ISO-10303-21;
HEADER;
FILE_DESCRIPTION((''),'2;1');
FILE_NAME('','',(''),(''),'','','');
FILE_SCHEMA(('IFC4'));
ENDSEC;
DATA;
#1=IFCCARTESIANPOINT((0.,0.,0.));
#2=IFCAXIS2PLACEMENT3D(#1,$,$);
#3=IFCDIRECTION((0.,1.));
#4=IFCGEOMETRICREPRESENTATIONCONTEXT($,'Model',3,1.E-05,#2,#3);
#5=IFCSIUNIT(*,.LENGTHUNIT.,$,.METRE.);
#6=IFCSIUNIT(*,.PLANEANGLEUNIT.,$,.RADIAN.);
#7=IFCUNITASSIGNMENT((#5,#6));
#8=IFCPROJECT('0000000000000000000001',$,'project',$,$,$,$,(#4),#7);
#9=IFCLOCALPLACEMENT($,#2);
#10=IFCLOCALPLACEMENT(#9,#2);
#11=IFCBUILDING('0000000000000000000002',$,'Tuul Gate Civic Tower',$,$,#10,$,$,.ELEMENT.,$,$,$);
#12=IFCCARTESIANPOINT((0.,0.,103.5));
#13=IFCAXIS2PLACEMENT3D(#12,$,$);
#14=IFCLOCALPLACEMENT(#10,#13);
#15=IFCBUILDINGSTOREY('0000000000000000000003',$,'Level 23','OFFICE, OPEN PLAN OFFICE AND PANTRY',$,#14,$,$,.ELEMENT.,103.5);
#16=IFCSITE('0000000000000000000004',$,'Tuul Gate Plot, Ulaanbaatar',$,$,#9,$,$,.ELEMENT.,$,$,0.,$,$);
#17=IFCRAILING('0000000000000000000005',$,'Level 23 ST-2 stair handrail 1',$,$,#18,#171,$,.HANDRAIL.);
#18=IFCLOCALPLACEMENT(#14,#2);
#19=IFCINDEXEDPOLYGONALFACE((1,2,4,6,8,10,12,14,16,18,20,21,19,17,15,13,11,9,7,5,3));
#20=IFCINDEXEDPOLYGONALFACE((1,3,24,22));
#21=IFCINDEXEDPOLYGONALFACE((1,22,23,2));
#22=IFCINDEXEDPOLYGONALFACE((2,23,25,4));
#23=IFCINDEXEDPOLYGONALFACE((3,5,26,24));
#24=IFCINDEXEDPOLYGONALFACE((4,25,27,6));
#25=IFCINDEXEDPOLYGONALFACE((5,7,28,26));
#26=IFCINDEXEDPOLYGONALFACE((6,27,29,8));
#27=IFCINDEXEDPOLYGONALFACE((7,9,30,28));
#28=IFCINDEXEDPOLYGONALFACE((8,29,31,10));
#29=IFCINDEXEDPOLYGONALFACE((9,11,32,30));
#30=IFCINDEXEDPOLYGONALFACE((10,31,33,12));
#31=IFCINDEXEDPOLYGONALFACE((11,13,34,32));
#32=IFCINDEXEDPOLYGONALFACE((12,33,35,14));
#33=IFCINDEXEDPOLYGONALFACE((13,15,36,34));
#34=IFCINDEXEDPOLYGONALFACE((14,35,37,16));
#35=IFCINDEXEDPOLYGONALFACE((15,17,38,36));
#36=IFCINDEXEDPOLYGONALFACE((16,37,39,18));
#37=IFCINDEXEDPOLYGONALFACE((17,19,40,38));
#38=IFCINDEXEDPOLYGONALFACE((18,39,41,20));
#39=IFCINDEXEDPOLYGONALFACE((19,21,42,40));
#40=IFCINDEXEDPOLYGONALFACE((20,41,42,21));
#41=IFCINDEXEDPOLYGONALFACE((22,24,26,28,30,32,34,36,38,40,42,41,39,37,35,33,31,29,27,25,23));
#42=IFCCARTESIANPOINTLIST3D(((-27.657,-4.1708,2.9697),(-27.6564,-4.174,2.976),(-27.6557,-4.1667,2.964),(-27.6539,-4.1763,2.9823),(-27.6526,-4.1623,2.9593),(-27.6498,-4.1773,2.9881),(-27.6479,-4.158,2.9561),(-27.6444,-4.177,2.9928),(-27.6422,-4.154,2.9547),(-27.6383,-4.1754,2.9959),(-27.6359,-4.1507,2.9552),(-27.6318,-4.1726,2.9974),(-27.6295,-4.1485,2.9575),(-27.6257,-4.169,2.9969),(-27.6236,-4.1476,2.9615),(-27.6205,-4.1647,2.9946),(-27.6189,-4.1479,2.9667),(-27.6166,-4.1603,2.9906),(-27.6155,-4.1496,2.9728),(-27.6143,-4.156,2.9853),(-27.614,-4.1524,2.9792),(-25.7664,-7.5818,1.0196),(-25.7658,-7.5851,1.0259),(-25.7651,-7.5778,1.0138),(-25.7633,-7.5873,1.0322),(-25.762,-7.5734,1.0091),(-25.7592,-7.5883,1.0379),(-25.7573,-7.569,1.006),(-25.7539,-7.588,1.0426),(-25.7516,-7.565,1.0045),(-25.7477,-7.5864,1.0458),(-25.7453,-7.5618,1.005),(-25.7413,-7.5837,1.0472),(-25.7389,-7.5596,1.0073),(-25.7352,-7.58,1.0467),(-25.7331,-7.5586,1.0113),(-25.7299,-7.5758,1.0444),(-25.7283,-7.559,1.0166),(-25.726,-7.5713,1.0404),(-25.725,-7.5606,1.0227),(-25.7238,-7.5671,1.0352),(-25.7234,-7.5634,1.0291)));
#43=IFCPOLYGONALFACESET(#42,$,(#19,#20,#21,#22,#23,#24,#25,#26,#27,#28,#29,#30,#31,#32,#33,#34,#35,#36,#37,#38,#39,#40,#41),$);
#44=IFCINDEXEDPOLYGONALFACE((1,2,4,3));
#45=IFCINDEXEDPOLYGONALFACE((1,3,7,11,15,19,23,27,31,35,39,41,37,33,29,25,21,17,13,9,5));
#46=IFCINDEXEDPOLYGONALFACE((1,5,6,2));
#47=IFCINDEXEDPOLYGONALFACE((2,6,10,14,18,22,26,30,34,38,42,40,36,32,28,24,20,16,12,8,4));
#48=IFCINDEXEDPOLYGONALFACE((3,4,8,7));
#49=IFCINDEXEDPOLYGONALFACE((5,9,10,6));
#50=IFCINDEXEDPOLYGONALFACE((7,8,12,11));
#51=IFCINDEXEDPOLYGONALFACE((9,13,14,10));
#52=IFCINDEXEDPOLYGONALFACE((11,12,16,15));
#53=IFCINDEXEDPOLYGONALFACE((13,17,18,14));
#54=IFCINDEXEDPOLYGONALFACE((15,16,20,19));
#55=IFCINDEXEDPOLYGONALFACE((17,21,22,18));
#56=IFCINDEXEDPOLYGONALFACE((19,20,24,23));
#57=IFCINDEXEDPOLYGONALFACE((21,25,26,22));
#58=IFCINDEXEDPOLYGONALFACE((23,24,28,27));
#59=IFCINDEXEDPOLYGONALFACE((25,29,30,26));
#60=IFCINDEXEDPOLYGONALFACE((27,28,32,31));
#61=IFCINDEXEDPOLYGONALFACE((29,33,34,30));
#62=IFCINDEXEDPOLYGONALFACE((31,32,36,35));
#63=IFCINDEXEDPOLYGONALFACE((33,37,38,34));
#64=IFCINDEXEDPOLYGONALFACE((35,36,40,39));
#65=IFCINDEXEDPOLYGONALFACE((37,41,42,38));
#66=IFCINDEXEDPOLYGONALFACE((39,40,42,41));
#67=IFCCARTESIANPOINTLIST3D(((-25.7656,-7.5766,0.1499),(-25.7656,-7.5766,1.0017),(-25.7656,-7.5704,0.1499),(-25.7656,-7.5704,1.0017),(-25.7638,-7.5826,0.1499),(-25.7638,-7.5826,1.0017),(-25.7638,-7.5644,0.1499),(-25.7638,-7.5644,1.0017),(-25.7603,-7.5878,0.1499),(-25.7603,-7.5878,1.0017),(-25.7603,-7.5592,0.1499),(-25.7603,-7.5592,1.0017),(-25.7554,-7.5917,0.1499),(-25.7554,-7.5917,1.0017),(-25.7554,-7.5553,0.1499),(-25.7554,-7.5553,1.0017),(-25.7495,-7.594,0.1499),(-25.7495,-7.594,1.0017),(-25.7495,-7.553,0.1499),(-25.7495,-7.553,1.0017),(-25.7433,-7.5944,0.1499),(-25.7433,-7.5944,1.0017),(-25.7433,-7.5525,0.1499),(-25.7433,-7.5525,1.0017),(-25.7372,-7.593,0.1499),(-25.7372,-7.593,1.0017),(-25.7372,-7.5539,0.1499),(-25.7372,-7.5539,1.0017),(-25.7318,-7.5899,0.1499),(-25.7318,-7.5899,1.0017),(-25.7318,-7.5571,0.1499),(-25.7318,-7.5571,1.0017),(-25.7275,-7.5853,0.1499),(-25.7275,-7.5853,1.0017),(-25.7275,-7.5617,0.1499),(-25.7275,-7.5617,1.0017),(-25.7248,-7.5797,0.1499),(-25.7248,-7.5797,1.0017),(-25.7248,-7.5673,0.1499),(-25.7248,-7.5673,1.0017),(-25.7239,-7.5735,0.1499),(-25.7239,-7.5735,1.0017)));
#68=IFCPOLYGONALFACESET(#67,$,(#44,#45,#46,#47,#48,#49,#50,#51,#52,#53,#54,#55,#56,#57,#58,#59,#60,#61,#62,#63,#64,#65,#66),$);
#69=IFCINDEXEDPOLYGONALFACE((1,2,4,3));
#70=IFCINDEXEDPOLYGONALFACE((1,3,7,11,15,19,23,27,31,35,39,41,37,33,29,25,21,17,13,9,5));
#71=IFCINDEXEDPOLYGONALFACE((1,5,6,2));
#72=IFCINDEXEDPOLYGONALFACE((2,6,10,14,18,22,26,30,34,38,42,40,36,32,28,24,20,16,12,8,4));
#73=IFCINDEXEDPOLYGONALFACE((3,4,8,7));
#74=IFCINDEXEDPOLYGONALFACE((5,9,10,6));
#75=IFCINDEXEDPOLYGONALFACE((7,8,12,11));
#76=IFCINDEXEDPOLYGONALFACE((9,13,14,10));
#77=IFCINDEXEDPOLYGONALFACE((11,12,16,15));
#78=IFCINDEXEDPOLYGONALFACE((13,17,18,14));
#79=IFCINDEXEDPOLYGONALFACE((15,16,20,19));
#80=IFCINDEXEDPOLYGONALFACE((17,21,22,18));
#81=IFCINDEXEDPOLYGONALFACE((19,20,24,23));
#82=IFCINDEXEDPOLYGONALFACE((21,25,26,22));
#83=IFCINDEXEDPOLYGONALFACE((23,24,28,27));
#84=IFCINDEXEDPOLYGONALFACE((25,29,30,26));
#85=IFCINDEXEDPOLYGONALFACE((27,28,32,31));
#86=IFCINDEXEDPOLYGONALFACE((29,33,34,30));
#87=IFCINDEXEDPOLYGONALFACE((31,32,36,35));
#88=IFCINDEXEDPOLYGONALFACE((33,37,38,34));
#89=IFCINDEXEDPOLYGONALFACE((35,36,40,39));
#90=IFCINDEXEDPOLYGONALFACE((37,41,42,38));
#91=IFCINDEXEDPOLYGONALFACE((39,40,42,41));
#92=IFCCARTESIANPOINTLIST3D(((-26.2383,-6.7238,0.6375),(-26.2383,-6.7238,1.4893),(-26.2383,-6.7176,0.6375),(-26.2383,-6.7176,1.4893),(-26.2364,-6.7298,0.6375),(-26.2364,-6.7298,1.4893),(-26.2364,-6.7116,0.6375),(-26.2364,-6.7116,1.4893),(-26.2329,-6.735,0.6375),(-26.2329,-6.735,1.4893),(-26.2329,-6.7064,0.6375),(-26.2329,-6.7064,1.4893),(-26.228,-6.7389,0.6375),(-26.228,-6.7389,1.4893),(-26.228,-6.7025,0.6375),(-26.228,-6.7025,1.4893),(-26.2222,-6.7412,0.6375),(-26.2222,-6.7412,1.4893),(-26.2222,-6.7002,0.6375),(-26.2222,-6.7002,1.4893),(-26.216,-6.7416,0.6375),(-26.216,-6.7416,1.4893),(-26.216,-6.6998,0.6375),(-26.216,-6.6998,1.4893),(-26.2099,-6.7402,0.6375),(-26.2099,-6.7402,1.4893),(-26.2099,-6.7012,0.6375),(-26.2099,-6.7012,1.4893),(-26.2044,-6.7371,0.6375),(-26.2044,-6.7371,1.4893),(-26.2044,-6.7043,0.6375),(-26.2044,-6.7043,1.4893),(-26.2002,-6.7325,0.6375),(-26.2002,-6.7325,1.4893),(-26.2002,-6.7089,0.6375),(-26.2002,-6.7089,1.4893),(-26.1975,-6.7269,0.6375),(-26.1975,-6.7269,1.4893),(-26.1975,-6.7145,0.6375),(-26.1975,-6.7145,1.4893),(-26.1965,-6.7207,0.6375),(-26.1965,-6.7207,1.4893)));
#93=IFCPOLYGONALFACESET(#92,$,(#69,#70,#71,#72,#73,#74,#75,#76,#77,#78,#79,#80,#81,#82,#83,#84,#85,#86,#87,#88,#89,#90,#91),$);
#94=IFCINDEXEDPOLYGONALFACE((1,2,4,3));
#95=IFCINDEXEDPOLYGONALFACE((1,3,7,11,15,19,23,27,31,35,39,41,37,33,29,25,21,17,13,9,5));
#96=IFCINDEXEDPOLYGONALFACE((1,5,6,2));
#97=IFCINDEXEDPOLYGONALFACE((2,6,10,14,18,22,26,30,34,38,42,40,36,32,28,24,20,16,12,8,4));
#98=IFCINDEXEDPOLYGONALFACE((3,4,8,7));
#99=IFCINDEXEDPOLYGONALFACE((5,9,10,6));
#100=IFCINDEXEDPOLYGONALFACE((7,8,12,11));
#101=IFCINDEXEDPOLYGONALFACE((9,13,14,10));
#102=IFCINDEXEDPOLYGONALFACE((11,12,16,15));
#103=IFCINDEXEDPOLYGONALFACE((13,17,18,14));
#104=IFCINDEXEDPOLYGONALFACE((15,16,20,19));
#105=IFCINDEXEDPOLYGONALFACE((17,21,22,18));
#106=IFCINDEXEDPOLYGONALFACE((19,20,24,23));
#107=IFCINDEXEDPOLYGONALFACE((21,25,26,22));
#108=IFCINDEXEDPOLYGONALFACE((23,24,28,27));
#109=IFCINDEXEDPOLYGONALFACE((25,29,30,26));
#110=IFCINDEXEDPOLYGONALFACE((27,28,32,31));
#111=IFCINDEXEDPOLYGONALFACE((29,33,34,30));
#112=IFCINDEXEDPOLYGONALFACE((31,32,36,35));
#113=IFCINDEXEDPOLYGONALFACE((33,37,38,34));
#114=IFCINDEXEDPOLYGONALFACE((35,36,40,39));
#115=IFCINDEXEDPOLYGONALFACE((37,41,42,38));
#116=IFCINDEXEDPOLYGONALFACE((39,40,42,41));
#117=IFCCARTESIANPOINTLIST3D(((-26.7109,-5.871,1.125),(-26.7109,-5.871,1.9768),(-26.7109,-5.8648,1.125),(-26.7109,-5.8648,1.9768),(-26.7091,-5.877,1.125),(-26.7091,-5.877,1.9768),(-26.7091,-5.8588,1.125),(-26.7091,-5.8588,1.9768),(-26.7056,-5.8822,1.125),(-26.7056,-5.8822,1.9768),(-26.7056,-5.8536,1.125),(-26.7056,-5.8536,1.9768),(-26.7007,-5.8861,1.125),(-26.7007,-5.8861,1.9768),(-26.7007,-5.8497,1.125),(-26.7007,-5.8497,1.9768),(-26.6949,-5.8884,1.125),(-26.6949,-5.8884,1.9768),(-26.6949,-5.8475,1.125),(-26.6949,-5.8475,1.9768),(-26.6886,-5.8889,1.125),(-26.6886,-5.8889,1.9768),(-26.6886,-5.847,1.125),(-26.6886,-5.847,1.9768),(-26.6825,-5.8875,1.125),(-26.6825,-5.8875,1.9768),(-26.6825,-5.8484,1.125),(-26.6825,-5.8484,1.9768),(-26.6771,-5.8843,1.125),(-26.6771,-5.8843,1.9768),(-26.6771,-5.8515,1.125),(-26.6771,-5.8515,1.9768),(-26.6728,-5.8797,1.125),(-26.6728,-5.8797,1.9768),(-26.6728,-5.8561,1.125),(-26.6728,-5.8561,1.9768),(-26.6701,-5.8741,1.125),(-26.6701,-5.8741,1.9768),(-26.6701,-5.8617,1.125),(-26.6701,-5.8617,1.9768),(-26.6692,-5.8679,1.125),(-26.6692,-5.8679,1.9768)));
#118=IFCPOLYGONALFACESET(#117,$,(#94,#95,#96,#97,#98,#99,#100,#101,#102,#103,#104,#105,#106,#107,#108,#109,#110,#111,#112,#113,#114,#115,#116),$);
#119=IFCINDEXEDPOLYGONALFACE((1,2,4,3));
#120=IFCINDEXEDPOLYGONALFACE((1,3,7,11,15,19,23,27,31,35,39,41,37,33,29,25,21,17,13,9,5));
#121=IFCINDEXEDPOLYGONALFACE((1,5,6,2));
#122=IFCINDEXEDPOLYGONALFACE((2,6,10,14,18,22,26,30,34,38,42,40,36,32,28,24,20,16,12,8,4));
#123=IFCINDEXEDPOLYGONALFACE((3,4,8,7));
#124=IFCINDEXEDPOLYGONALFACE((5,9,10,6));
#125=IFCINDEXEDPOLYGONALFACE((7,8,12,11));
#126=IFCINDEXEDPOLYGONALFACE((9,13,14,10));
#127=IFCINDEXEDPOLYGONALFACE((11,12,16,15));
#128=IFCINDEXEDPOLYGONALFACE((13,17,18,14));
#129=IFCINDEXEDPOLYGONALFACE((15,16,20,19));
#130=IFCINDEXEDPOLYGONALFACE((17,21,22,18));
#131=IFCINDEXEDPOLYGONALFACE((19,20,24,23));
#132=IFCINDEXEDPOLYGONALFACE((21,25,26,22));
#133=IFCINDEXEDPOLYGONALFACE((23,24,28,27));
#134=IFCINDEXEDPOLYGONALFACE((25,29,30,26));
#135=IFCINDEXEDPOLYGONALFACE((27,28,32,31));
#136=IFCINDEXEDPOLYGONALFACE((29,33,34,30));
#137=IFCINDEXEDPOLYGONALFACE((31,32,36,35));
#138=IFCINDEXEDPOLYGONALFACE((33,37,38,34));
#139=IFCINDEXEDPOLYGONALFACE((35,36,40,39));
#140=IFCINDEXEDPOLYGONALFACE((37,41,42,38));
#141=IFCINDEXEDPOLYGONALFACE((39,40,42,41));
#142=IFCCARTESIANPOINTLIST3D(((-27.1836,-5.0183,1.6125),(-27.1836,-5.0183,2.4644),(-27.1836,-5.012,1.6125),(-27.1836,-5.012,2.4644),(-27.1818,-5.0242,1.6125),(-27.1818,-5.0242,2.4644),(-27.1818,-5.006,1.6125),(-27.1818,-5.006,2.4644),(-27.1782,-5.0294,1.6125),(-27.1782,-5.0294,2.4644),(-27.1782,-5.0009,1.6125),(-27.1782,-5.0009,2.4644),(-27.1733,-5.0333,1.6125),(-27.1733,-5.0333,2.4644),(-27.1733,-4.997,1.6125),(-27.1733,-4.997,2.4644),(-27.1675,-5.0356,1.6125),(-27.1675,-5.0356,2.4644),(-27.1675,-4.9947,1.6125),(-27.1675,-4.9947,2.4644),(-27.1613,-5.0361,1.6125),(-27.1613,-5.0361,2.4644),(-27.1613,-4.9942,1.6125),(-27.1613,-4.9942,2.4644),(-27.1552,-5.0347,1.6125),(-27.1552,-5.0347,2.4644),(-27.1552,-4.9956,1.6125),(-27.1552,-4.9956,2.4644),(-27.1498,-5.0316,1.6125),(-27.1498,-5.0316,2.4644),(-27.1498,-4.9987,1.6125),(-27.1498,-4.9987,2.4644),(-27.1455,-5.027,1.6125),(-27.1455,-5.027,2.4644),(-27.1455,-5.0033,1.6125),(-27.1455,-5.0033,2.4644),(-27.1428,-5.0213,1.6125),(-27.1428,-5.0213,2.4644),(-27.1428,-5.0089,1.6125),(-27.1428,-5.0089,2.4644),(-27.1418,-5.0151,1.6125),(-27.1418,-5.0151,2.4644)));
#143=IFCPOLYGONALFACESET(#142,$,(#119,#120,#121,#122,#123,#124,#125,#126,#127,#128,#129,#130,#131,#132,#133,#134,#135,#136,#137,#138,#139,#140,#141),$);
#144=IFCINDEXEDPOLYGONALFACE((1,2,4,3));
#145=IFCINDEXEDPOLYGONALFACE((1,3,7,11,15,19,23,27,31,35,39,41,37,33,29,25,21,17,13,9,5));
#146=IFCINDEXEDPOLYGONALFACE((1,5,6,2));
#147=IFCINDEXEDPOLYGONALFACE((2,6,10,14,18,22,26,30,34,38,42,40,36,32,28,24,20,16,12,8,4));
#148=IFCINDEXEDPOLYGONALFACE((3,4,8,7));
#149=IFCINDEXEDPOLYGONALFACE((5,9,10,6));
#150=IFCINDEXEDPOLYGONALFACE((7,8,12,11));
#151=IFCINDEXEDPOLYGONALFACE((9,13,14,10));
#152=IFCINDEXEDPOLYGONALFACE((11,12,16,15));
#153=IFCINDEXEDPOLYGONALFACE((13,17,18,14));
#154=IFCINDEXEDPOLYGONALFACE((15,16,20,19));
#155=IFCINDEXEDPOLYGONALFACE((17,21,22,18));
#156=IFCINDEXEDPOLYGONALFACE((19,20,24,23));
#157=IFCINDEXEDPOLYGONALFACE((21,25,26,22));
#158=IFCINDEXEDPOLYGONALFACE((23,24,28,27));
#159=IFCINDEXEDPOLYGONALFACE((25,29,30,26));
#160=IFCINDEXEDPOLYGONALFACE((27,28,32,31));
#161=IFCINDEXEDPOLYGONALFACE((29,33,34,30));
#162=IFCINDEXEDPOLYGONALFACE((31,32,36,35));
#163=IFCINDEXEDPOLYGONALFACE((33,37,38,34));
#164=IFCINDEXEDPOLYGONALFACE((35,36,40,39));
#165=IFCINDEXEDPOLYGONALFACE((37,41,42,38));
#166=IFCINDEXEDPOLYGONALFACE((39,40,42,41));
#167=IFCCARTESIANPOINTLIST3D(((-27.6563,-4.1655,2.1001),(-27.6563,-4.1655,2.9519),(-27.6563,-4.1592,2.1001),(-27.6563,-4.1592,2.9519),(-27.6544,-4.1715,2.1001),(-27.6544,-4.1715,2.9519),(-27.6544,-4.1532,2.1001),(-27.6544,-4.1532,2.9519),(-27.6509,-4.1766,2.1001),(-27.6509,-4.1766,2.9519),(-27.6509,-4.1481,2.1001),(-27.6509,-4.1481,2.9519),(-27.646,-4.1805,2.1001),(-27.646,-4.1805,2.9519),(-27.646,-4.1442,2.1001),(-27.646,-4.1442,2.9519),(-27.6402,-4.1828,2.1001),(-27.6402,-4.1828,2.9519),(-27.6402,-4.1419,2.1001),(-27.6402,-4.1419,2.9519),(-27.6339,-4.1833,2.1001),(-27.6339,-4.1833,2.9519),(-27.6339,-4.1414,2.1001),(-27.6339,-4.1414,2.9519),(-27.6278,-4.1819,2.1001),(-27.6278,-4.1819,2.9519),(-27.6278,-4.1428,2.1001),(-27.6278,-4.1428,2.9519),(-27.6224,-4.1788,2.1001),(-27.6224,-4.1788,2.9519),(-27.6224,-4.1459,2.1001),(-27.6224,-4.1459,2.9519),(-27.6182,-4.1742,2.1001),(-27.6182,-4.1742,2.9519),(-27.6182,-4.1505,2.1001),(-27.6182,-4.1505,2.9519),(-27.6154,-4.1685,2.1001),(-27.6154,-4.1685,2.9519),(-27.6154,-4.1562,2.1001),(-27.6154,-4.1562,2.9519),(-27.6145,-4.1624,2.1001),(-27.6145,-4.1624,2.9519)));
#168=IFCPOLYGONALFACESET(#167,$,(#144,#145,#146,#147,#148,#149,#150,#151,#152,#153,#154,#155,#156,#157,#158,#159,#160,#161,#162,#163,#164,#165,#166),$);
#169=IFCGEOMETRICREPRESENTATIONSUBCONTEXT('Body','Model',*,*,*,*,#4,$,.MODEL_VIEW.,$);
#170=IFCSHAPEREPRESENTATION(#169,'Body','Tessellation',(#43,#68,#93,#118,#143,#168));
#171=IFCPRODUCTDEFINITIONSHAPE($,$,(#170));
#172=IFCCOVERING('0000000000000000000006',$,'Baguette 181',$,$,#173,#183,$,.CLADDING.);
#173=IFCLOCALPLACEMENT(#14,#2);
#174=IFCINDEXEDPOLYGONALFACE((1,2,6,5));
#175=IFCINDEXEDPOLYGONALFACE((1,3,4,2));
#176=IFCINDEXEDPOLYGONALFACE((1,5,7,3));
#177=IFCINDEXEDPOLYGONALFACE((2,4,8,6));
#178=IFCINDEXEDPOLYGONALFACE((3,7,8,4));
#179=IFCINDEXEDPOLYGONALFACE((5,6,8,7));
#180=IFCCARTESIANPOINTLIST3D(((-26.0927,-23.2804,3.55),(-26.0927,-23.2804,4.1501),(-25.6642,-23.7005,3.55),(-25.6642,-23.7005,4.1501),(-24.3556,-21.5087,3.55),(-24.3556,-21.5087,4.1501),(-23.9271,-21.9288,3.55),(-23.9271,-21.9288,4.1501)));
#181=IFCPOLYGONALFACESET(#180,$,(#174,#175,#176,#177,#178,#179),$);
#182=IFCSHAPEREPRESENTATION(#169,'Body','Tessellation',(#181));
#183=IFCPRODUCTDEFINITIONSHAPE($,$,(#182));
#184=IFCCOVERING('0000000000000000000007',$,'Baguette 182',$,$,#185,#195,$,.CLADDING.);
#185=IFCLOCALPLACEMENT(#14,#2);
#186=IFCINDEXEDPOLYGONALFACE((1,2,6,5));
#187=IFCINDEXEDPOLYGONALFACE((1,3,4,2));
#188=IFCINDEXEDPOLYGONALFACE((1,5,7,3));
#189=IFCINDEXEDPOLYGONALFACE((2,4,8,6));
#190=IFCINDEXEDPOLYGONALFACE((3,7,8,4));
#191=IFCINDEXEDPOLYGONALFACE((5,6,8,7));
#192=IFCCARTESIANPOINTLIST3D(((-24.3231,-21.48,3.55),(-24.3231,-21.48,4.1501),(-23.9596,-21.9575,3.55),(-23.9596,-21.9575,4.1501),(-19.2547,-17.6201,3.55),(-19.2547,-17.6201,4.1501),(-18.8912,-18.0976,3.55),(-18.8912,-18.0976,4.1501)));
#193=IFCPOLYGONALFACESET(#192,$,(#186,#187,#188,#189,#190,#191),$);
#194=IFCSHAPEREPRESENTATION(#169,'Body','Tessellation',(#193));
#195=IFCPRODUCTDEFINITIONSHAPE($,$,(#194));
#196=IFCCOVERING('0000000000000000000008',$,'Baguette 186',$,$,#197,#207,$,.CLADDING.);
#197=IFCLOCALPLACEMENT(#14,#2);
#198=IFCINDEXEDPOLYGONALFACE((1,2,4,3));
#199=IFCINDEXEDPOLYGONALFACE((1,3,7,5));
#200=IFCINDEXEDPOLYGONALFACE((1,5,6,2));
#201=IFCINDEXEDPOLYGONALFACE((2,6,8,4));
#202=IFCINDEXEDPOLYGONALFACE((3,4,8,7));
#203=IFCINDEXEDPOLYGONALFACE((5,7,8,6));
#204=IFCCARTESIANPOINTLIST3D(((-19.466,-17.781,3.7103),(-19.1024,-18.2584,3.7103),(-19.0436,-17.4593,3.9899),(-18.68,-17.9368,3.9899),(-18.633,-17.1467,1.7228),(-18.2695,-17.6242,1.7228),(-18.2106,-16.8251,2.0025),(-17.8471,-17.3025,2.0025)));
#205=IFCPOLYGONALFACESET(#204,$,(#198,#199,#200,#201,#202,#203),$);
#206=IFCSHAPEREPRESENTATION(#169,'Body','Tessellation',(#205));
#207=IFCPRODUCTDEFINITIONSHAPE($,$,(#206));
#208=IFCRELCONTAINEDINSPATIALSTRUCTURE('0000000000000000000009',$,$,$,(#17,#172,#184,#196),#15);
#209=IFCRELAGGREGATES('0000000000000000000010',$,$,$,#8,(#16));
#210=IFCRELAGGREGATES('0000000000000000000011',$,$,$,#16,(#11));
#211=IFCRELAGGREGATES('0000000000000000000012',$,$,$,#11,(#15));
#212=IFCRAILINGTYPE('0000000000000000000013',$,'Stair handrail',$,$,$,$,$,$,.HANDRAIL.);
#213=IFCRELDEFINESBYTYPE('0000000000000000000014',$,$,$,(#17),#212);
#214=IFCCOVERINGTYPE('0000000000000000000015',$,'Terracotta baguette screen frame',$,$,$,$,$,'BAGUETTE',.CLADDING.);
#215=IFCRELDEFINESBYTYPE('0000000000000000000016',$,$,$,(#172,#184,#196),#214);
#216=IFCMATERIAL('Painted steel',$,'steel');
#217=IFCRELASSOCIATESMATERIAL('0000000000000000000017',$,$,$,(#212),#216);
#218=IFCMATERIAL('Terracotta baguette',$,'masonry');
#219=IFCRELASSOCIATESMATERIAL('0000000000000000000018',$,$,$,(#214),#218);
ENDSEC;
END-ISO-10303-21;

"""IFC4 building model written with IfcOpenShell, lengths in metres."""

from ifc_helpers import new_model, si_unit, direction, frame, origin, origin_2d, place, context, subcontext, project, spatial, rectangle, circle, extrude, material, material_profile, profile_set, type_object, element, save


model = new_model("IFC4")

# Units and contexts
model_context = context("Model", 3, precision=1e-05, world=origin(), true_north=direction((0.0, 1.0)))
body_context = subcontext(model_context, "Body", "Model", "MODEL_VIEW")
ifc_project = project(units=[si_unit("LENGTHUNIT", "METRE"), si_unit("PLANEANGLEUNIT", "RADIAN")], contexts=[model_context])

# Site, building, storey
site_placement = place(None, origin())
site = spatial("IfcSite", under=ifc_project, at=site_placement, Name="Tuul Gate Plot, Ulaanbaatar", CompositionType="ELEMENT", RefElevation=0.0)
building_placement = place(site_placement, origin())
building = spatial("IfcBuilding", under=site, at=building_placement, Name="Tuul Gate Civic Tower", CompositionType="ELEMENT")
storey_placement = place(building_placement, frame((0.0, 0.0, 103.5)))
storey = spatial("IfcBuildingStorey", under=building, at=storey_placement, Name="Level 23", Description="OFFICE, OPEN PLAN OFFICE AND PANTRY", CompositionType="ELEMENT", Elevation=103.5)

# Railing
ifc_material_1 = material(Name="Painted steel", Category="steel")
railing_type_1 = type_object("IfcRailingType", Name="Stair handrail", PredefinedType="HANDRAIL", material=ifc_material_1)
railing_1_placement = place(storey_placement, frame((-25.7449, -7.5735, 0.1499)))
element("IfcRailing", 1, at=railing_1_placement, inside=storey, type_object=railing_type_1, Name="Level 23 ST-2 stair handrail 1", PredefinedType="HANDRAIL", context=body_context, shape_type="SweptSolid", body=[
    extrude(circle(Radius=0.0239, at=origin_2d()), frame((0.0, 0.0, 0.876), z_axis=(-0.433585, 0.782289, 0.447246), x_axis=(-0.874641, -0.484771, 0.0)), (0.0, 0.0, 1.0), 4.3604),
    extrude(circle(Radius=0.021, at=origin_2d()), origin(), (0.0, 0.0, 1.0), 0.8518),
    extrude(circle(Radius=0.021, at=origin_2d()), frame((-0.4727, 0.8528, 0.4875)), (0.0, 0.0, 1.0), 0.8518),
    extrude(circle(Radius=0.021, at=origin_2d()), frame((-0.9453, 1.7056, 0.9751)), (0.0, 0.0, 1.0), 0.8518),
    extrude(circle(Radius=0.021, at=origin_2d()), frame((-1.418, 2.5583, 1.4626)), (0.0, 0.0, 1.0), 0.8518),
    extrude(circle(Radius=0.021, at=origin_2d()), frame((-1.8906, 3.4111, 1.9502)), (0.0, 0.0, 1.0), 0.8518),
])

# Coverings
ifc_material_2 = material(Name="Terracotta baguette", Category="masonry")
ifc_material_profile_1 = material_profile(ifc_material_2, rectangle(XDim=0.6001, YDim=0.6001, at=origin_2d()), Name="Terracotta baguette screen frame")
ifc_profile_set_1 = profile_set([ifc_material_profile_1], Name="Terracotta baguette")
covering_type = type_object("IfcCoveringType", Name="Terracotta baguette screen frame", ElementType="BAGUETTE", PredefinedType="CLADDING", material=ifc_profile_set_1)
covering_1_placement = place(storey_placement, frame((-25.8784, -23.4905, 3.8501), z_axis=(0.700086, 0.714058, 0.0), x_axis=(-0.714058, 0.700086, 0.0)))
element("IfcCovering", 2, at=covering_1_placement, inside=storey, type_object=covering_type, Name="Baguette 181", PredefinedType="CLADDING", context=body_context, shape_type="SweptSolid", body=[
    extrude(rectangle(XDim=0.6001, YDim=0.6001, at=origin_2d()), origin(), (0.0, 0.0, 1.0), 2.4812),
])
covering_2_placement = place(storey_placement, frame((-24.1414, -21.7188, 3.8501), z_axis=(0.795564, 0.60587, 0.0), x_axis=(-0.60587, 0.795564, 0.0)))
element("IfcCovering", 3, at=covering_2_placement, inside=storey, type_object=covering_type, Name="Baguette 182", PredefinedType="CLADDING", context=body_context, shape_type="SweptSolid", body=[
    extrude(rectangle(XDim=0.6001, YDim=0.6001, at=origin_2d()), origin(), (0.0, 0.0, 1.0), 6.3708),
])
covering_3_placement = place(storey_placement, frame((-19.073, -17.8589, 3.8501), z_axis=(0.37081, 0.282346, -0.884749), x_axis=(-0.605804, 0.795614, 0.0)))
element("IfcCovering", 4, at=covering_3_placement, inside=storey, type_object=covering_type, Name="Baguette 186", PredefinedType="CLADDING", context=body_context, shape_type="SweptSolid", body=[
    extrude(rectangle(XDim=0.6001, YDim=0.6001, at=origin_2d()), origin(), (0.0, 0.0, 1.0), 2.2463),
])

save(model, "model.ifc")
